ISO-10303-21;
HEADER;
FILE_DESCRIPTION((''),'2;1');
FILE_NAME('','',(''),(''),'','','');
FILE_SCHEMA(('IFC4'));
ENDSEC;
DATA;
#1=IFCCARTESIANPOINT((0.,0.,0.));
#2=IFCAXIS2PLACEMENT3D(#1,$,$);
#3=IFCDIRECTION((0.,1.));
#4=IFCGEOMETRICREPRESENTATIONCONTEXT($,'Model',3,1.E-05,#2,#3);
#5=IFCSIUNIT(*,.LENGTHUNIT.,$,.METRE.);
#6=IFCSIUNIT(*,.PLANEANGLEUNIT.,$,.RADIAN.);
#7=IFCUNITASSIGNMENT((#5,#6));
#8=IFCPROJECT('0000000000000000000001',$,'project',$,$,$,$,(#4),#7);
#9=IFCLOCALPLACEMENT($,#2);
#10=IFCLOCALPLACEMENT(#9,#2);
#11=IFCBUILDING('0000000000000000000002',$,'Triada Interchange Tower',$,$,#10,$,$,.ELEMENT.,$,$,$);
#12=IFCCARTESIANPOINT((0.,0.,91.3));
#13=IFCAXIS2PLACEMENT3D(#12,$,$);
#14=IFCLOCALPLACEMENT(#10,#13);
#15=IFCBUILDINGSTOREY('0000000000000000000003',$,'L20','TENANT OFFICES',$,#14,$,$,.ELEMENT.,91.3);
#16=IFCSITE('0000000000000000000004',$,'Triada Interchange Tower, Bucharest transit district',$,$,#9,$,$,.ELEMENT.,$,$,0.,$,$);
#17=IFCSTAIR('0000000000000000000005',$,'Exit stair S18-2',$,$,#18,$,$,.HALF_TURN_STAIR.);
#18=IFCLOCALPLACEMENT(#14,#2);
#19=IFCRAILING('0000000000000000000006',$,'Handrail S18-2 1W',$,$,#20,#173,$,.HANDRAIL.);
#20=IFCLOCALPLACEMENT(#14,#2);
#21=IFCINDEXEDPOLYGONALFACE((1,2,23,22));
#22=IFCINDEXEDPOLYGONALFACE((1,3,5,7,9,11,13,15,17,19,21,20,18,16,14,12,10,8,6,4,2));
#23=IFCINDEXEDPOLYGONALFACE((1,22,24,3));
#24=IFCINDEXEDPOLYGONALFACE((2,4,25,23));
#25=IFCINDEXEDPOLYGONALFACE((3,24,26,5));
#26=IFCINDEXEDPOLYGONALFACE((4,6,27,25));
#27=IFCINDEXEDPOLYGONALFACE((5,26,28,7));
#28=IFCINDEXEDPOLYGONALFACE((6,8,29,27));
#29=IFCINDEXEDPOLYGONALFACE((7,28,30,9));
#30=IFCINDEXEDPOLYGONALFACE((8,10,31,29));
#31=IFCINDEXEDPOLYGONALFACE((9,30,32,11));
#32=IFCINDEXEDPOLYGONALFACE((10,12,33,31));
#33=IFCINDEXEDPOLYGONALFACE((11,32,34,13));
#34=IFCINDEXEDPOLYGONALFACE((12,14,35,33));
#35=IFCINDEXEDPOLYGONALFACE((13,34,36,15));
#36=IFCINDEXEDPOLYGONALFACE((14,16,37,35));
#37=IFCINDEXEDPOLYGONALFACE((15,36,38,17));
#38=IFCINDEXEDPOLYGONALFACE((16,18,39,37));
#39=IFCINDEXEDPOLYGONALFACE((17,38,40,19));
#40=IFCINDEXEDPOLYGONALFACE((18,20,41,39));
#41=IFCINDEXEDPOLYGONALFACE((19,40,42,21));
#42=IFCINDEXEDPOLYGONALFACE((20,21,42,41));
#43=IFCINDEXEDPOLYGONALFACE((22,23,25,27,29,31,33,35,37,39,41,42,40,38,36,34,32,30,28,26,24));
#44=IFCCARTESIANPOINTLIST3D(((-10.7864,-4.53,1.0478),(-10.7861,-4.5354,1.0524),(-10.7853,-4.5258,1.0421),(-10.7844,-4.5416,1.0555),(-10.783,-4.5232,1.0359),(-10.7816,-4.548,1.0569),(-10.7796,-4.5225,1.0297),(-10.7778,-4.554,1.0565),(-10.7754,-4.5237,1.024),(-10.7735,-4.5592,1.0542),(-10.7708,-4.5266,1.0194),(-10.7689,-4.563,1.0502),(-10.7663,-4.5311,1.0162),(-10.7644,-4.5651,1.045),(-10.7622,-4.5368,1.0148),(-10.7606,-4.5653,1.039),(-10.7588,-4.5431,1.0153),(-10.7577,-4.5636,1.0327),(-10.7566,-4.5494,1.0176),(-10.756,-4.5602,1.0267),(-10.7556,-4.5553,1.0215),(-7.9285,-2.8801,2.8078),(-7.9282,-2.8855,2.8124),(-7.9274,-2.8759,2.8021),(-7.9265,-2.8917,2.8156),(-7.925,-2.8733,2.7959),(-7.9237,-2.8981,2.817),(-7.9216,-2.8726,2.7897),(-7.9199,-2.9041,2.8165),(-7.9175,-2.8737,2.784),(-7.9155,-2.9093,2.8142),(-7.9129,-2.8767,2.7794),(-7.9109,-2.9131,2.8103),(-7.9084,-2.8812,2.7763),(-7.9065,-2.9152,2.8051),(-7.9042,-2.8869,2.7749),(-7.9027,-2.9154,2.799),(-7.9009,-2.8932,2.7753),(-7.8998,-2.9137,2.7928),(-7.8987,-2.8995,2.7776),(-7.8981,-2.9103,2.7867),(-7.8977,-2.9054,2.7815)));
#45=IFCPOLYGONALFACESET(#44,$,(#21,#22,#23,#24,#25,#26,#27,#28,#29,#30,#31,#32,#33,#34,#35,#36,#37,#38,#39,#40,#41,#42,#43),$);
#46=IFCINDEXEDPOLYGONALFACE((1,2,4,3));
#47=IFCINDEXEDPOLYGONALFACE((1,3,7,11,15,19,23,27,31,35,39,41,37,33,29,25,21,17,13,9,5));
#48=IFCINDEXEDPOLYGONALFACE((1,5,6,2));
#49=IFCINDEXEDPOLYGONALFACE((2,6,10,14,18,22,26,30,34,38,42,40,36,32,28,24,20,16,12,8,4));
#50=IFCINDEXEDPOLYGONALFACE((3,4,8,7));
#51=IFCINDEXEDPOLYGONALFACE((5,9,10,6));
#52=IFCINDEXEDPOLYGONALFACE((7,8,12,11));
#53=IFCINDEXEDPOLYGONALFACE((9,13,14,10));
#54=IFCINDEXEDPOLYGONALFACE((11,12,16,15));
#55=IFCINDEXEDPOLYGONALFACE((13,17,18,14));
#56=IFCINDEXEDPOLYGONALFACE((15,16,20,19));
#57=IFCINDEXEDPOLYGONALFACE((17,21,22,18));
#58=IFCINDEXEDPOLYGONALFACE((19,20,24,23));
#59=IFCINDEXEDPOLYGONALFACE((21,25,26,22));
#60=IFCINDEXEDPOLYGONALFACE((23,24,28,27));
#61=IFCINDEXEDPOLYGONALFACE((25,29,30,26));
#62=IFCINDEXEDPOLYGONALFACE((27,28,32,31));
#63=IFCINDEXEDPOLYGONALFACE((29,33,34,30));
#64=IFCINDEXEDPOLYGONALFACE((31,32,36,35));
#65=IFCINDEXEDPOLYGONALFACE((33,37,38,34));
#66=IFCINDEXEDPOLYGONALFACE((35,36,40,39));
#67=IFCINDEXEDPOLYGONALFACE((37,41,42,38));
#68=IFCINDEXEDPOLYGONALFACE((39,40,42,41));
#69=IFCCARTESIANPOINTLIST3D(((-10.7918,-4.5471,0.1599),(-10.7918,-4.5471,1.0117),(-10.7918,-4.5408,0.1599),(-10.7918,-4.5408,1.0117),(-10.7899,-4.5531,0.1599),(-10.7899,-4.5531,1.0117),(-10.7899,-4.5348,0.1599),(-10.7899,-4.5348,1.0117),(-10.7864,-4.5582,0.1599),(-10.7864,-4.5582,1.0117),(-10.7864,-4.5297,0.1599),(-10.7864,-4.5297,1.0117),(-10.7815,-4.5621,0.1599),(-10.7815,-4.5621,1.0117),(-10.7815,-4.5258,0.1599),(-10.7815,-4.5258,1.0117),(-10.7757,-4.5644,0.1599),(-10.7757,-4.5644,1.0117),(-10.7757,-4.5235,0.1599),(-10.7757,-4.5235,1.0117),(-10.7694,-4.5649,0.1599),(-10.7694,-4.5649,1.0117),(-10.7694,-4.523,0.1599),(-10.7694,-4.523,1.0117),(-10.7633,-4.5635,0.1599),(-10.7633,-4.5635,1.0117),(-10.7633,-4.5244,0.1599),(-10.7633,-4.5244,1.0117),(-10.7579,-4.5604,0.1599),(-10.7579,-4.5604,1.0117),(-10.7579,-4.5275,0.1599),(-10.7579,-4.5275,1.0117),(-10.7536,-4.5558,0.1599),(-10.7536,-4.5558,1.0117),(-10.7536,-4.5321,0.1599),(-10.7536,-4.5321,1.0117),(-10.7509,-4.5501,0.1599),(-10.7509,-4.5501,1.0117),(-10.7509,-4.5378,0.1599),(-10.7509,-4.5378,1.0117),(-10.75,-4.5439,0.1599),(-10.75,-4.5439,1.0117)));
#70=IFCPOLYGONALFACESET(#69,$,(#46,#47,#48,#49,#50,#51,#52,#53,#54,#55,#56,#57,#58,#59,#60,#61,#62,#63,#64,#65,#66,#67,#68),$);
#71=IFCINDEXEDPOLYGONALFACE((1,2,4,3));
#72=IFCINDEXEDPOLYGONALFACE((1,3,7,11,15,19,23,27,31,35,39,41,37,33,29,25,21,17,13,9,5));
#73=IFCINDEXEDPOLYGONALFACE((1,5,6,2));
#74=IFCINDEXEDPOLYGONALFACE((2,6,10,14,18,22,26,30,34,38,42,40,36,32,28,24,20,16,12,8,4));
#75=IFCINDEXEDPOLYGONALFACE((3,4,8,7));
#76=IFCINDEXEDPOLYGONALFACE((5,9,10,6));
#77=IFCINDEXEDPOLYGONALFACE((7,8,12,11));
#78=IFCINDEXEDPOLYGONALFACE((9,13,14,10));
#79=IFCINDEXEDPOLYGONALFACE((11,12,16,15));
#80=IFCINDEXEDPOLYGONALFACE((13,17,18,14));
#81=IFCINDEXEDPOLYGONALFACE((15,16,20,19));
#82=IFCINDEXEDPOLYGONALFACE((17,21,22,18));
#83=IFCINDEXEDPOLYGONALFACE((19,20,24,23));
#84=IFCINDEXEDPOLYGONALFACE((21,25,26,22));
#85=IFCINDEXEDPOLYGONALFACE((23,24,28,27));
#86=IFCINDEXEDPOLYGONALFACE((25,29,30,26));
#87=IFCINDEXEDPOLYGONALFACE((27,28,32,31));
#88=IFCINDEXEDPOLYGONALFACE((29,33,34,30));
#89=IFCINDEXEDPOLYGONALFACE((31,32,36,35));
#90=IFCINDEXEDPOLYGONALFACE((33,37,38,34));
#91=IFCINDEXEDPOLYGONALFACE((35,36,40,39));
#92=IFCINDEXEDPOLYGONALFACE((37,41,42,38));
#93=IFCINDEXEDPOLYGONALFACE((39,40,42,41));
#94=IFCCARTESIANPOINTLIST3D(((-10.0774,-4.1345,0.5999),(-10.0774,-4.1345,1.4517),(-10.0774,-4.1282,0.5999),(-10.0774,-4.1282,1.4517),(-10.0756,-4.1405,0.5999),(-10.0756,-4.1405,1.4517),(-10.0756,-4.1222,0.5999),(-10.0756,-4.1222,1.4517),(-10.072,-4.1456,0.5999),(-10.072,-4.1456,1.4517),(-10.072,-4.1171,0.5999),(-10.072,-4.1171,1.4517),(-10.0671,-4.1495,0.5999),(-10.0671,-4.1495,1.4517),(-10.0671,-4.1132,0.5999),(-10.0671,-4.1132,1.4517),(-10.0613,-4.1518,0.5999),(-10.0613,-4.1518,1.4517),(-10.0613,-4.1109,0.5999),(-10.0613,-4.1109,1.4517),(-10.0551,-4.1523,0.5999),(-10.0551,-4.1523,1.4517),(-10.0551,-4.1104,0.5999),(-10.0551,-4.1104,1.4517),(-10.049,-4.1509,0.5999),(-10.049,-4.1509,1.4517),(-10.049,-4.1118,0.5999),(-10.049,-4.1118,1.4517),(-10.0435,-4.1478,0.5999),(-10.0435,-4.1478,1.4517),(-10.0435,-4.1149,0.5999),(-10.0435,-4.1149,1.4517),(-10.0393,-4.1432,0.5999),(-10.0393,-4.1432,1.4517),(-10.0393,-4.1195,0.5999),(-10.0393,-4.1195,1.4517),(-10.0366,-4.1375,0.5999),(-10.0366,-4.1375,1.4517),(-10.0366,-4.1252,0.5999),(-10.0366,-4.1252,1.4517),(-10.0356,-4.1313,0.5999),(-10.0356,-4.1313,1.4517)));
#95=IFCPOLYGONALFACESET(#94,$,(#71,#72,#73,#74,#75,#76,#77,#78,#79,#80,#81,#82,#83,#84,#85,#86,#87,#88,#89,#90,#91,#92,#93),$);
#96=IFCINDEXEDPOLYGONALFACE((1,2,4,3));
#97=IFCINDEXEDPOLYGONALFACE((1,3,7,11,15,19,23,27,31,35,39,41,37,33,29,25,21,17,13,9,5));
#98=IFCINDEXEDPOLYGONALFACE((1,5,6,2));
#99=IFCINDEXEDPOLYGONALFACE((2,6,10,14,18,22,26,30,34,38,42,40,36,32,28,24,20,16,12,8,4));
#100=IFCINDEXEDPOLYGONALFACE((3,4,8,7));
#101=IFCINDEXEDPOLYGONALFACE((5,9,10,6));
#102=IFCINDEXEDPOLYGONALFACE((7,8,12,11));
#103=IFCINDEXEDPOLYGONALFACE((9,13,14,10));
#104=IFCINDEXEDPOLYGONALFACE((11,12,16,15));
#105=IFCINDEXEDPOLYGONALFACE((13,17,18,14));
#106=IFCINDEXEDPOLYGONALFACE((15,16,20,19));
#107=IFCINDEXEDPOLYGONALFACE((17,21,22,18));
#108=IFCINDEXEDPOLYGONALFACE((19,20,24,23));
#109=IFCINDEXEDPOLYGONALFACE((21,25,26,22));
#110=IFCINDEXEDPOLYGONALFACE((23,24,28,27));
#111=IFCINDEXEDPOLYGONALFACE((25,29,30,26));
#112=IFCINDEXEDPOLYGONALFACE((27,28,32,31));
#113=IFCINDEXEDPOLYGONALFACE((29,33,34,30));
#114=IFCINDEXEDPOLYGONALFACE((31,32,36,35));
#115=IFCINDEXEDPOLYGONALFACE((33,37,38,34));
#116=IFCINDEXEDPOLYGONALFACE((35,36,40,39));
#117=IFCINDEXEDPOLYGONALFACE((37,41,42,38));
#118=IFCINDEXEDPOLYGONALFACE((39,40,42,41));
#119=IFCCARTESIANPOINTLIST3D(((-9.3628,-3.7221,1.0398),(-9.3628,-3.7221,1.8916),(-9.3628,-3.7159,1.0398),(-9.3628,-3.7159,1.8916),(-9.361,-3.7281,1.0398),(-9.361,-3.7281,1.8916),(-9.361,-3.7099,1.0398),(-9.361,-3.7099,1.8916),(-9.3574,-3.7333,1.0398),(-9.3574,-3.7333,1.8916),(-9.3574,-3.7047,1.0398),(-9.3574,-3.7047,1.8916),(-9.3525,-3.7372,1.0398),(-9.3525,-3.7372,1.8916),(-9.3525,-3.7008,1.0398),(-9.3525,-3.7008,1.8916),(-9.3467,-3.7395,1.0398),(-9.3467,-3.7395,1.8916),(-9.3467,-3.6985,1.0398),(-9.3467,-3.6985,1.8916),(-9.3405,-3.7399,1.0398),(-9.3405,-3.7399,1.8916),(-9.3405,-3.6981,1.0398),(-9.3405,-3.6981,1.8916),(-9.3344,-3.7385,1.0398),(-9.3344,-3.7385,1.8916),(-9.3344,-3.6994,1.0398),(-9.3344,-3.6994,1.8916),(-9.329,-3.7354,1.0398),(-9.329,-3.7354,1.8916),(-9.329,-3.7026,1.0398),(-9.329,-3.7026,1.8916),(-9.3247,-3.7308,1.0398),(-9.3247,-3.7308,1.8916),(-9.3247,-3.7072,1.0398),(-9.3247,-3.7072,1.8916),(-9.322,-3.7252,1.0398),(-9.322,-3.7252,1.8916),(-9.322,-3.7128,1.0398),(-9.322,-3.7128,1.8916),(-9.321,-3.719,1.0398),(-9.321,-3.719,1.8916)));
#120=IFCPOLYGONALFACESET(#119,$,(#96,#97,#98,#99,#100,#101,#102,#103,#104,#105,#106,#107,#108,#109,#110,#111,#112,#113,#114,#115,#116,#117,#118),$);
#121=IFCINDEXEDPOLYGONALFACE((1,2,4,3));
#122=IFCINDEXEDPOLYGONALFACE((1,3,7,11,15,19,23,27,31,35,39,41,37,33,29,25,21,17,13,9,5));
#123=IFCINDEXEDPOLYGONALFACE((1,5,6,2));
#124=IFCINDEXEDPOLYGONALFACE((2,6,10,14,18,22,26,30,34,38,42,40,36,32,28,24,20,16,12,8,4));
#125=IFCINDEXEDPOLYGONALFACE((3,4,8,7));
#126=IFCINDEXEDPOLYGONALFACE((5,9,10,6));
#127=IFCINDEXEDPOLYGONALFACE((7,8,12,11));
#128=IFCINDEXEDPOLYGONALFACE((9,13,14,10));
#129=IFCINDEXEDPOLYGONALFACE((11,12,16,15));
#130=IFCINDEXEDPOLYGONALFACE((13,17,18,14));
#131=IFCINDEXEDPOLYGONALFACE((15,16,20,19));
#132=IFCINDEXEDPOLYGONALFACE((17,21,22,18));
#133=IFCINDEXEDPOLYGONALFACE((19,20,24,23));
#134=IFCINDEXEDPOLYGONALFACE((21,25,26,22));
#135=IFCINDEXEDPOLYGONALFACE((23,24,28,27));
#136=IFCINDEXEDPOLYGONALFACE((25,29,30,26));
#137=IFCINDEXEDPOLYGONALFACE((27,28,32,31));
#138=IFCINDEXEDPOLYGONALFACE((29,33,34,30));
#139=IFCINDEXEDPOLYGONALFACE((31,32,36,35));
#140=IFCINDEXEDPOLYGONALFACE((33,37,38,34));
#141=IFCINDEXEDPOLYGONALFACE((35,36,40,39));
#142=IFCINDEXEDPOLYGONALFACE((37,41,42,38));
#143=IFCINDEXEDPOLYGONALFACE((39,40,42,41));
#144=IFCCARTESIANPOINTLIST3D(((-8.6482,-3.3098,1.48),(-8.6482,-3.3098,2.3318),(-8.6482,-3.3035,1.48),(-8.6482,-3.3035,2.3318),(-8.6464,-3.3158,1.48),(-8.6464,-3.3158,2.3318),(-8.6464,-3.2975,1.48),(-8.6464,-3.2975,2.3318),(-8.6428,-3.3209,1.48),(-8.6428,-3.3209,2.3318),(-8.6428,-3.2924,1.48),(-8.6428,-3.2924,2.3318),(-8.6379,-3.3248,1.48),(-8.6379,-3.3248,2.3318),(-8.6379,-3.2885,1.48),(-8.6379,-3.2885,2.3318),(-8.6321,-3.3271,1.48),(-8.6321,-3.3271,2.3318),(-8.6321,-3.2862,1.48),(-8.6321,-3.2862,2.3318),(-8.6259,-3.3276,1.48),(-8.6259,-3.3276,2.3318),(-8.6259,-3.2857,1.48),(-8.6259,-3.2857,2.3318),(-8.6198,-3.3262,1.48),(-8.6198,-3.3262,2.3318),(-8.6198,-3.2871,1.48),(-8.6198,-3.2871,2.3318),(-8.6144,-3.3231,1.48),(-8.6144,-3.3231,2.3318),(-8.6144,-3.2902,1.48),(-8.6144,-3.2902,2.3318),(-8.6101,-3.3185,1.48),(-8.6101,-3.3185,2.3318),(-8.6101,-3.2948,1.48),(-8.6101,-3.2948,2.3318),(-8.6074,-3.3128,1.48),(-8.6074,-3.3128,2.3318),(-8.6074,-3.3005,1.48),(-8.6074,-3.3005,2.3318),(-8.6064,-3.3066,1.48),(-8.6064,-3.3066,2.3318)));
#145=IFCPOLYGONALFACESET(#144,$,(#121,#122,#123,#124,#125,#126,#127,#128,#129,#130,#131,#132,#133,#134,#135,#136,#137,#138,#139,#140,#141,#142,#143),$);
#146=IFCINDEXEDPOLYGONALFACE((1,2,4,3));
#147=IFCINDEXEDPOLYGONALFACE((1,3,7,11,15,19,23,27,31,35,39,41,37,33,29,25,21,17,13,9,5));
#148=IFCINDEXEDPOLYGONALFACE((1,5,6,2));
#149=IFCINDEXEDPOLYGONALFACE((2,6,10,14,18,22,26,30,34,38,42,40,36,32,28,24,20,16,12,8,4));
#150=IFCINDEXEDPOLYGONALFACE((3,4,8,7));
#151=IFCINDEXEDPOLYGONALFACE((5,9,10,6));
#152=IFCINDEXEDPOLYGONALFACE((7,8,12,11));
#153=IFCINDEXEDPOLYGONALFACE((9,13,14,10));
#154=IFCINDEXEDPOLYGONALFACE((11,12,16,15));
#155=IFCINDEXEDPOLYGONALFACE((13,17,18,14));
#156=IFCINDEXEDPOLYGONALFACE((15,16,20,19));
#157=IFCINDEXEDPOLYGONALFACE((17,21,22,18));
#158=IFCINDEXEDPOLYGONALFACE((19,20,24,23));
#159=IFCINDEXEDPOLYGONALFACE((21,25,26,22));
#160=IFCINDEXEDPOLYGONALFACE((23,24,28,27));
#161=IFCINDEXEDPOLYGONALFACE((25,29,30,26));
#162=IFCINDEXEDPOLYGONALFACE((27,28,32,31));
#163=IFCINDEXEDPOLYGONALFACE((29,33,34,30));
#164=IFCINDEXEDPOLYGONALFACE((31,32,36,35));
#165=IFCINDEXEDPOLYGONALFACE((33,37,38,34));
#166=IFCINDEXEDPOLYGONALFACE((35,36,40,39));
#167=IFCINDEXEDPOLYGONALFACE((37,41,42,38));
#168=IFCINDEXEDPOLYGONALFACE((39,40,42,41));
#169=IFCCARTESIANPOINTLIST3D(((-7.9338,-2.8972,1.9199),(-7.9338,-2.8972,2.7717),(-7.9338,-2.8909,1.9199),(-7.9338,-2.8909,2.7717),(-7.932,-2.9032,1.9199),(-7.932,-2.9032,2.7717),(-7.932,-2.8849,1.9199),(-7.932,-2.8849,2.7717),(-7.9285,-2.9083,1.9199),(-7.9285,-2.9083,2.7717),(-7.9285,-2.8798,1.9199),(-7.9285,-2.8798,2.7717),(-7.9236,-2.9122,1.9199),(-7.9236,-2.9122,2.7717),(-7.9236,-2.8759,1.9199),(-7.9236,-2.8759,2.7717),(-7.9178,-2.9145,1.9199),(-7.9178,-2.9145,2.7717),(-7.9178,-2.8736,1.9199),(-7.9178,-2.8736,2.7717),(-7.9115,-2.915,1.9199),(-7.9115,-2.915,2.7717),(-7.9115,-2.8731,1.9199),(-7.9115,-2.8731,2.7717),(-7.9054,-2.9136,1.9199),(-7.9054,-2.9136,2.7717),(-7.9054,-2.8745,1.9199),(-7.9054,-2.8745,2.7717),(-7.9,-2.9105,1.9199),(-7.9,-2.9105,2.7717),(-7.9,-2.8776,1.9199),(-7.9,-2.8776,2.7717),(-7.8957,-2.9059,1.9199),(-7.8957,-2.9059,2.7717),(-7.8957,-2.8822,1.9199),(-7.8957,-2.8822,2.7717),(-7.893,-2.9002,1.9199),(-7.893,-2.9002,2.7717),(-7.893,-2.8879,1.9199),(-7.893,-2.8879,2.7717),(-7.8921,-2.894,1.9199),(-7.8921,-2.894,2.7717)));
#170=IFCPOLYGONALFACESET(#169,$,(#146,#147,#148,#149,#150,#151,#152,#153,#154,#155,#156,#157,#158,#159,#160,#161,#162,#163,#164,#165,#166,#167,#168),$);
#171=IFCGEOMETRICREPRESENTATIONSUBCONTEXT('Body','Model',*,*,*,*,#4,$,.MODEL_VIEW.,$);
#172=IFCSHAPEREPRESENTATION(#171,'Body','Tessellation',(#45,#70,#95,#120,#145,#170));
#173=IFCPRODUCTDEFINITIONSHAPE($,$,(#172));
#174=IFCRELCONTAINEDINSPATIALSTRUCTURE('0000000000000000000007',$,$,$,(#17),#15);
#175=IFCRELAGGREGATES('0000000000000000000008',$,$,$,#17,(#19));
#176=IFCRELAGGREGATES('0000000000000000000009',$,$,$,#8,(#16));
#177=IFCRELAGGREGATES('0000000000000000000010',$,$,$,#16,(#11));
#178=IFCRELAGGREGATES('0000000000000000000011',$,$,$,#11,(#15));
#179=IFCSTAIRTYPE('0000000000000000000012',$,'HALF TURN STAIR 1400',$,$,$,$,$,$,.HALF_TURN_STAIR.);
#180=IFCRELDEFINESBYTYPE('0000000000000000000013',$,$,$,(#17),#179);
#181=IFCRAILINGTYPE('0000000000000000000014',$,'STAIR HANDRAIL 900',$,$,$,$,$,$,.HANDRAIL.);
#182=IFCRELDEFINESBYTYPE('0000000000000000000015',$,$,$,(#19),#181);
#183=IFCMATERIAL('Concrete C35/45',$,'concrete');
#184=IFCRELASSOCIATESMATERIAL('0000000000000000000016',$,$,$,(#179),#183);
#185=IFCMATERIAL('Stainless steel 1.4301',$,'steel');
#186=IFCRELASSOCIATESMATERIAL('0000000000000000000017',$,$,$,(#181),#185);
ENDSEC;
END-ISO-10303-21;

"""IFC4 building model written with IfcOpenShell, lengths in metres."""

from ifc_helpers import new_model, si_unit, direction, frame, origin, origin_2d, place, context, subcontext, project, spatial, circle, extrude, material, type_object, element, aggregate, save


model = new_model("IFC4")

# Units and contexts
model_context = context("Model", 3, precision=1e-05, world=origin(), true_north=direction((0.0, 1.0)))
body_context = subcontext(model_context, "Body", "Model", "MODEL_VIEW")
ifc_project = project(units=[si_unit("LENGTHUNIT", "METRE"), si_unit("PLANEANGLEUNIT", "RADIAN")], contexts=[model_context])

# Site, building, storey
site_placement = place(None, origin())
site = spatial("IfcSite", under=ifc_project, at=site_placement, Name="Triada Interchange Tower, Bucharest transit district", CompositionType="ELEMENT", RefElevation=0.0)
building_placement = place(site_placement, origin())
building = spatial("IfcBuilding", under=site, at=building_placement, Name="Triada Interchange Tower", CompositionType="ELEMENT")
storey_placement = place(building_placement, frame((0.0, 0.0, 91.3)))
storey = spatial("IfcBuildingStorey", under=building, at=storey_placement, Name="L20", Description="TENANT OFFICES", CompositionType="ELEMENT", Elevation=91.3)

# Stair, railing
ifc_material_1 = material(Name="Concrete C35/45", Category="concrete")
stair_type = type_object("IfcStairType", Name="HALF TURN STAIR 1400", PredefinedType="HALF_TURN_STAIR", material=ifc_material_1)
stair_placement = place(storey_placement, origin())
stair = element("IfcStair", 1, at=stair_placement, inside=storey, type_object=stair_type, Name="Exit stair S18-2", PredefinedType="HALF_TURN_STAIR")
ifc_material_2 = material(Name="Stainless steel 1.4301", Category="steel")
railing_type = type_object("IfcRailingType", Name="STAIR HANDRAIL 900", PredefinedType="HANDRAIL", material=ifc_material_2)
railing_placement = place(storey_placement, frame((-10.771, -4.5439, 0.1599)))
railing = element("IfcRailing", 2, at=railing_placement, type_object=railing_type, Name="Handrail S18-2 1W", PredefinedType="HANDRAIL", context=body_context, shape_type="SweptSolid", body=[
    extrude(circle(Radius=0.0239, at=origin_2d()), frame((0.0, 0.0, 0.876), z_axis=(0.764151, 0.441153, 0.470593), x_axis=(-0.499974, 0.86604, 0.0)), (0.0, 0.0, 1.0), 3.74),
    extrude(circle(Radius=0.021, at=origin_2d()), origin(), (0.0, 0.0, 1.0), 0.8518),
    extrude(circle(Radius=0.021, at=origin_2d()), frame((0.7144, 0.4126, 0.4399)), (0.0, 0.0, 1.0), 0.8518),
    extrude(circle(Radius=0.021, at=origin_2d()), frame((1.429, 0.825, 0.8799)), (0.0, 0.0, 1.0), 0.8518),
    extrude(circle(Radius=0.021, at=origin_2d()), frame((2.1436, 1.2373, 1.3201)), (0.0, 0.0, 1.0), 0.8518),
    extrude(circle(Radius=0.021, at=origin_2d()), frame((2.8579, 1.6499, 1.76)), (0.0, 0.0, 1.0), 0.8518),
])
aggregate(stair, [railing])

save(model, "model.ifc")
